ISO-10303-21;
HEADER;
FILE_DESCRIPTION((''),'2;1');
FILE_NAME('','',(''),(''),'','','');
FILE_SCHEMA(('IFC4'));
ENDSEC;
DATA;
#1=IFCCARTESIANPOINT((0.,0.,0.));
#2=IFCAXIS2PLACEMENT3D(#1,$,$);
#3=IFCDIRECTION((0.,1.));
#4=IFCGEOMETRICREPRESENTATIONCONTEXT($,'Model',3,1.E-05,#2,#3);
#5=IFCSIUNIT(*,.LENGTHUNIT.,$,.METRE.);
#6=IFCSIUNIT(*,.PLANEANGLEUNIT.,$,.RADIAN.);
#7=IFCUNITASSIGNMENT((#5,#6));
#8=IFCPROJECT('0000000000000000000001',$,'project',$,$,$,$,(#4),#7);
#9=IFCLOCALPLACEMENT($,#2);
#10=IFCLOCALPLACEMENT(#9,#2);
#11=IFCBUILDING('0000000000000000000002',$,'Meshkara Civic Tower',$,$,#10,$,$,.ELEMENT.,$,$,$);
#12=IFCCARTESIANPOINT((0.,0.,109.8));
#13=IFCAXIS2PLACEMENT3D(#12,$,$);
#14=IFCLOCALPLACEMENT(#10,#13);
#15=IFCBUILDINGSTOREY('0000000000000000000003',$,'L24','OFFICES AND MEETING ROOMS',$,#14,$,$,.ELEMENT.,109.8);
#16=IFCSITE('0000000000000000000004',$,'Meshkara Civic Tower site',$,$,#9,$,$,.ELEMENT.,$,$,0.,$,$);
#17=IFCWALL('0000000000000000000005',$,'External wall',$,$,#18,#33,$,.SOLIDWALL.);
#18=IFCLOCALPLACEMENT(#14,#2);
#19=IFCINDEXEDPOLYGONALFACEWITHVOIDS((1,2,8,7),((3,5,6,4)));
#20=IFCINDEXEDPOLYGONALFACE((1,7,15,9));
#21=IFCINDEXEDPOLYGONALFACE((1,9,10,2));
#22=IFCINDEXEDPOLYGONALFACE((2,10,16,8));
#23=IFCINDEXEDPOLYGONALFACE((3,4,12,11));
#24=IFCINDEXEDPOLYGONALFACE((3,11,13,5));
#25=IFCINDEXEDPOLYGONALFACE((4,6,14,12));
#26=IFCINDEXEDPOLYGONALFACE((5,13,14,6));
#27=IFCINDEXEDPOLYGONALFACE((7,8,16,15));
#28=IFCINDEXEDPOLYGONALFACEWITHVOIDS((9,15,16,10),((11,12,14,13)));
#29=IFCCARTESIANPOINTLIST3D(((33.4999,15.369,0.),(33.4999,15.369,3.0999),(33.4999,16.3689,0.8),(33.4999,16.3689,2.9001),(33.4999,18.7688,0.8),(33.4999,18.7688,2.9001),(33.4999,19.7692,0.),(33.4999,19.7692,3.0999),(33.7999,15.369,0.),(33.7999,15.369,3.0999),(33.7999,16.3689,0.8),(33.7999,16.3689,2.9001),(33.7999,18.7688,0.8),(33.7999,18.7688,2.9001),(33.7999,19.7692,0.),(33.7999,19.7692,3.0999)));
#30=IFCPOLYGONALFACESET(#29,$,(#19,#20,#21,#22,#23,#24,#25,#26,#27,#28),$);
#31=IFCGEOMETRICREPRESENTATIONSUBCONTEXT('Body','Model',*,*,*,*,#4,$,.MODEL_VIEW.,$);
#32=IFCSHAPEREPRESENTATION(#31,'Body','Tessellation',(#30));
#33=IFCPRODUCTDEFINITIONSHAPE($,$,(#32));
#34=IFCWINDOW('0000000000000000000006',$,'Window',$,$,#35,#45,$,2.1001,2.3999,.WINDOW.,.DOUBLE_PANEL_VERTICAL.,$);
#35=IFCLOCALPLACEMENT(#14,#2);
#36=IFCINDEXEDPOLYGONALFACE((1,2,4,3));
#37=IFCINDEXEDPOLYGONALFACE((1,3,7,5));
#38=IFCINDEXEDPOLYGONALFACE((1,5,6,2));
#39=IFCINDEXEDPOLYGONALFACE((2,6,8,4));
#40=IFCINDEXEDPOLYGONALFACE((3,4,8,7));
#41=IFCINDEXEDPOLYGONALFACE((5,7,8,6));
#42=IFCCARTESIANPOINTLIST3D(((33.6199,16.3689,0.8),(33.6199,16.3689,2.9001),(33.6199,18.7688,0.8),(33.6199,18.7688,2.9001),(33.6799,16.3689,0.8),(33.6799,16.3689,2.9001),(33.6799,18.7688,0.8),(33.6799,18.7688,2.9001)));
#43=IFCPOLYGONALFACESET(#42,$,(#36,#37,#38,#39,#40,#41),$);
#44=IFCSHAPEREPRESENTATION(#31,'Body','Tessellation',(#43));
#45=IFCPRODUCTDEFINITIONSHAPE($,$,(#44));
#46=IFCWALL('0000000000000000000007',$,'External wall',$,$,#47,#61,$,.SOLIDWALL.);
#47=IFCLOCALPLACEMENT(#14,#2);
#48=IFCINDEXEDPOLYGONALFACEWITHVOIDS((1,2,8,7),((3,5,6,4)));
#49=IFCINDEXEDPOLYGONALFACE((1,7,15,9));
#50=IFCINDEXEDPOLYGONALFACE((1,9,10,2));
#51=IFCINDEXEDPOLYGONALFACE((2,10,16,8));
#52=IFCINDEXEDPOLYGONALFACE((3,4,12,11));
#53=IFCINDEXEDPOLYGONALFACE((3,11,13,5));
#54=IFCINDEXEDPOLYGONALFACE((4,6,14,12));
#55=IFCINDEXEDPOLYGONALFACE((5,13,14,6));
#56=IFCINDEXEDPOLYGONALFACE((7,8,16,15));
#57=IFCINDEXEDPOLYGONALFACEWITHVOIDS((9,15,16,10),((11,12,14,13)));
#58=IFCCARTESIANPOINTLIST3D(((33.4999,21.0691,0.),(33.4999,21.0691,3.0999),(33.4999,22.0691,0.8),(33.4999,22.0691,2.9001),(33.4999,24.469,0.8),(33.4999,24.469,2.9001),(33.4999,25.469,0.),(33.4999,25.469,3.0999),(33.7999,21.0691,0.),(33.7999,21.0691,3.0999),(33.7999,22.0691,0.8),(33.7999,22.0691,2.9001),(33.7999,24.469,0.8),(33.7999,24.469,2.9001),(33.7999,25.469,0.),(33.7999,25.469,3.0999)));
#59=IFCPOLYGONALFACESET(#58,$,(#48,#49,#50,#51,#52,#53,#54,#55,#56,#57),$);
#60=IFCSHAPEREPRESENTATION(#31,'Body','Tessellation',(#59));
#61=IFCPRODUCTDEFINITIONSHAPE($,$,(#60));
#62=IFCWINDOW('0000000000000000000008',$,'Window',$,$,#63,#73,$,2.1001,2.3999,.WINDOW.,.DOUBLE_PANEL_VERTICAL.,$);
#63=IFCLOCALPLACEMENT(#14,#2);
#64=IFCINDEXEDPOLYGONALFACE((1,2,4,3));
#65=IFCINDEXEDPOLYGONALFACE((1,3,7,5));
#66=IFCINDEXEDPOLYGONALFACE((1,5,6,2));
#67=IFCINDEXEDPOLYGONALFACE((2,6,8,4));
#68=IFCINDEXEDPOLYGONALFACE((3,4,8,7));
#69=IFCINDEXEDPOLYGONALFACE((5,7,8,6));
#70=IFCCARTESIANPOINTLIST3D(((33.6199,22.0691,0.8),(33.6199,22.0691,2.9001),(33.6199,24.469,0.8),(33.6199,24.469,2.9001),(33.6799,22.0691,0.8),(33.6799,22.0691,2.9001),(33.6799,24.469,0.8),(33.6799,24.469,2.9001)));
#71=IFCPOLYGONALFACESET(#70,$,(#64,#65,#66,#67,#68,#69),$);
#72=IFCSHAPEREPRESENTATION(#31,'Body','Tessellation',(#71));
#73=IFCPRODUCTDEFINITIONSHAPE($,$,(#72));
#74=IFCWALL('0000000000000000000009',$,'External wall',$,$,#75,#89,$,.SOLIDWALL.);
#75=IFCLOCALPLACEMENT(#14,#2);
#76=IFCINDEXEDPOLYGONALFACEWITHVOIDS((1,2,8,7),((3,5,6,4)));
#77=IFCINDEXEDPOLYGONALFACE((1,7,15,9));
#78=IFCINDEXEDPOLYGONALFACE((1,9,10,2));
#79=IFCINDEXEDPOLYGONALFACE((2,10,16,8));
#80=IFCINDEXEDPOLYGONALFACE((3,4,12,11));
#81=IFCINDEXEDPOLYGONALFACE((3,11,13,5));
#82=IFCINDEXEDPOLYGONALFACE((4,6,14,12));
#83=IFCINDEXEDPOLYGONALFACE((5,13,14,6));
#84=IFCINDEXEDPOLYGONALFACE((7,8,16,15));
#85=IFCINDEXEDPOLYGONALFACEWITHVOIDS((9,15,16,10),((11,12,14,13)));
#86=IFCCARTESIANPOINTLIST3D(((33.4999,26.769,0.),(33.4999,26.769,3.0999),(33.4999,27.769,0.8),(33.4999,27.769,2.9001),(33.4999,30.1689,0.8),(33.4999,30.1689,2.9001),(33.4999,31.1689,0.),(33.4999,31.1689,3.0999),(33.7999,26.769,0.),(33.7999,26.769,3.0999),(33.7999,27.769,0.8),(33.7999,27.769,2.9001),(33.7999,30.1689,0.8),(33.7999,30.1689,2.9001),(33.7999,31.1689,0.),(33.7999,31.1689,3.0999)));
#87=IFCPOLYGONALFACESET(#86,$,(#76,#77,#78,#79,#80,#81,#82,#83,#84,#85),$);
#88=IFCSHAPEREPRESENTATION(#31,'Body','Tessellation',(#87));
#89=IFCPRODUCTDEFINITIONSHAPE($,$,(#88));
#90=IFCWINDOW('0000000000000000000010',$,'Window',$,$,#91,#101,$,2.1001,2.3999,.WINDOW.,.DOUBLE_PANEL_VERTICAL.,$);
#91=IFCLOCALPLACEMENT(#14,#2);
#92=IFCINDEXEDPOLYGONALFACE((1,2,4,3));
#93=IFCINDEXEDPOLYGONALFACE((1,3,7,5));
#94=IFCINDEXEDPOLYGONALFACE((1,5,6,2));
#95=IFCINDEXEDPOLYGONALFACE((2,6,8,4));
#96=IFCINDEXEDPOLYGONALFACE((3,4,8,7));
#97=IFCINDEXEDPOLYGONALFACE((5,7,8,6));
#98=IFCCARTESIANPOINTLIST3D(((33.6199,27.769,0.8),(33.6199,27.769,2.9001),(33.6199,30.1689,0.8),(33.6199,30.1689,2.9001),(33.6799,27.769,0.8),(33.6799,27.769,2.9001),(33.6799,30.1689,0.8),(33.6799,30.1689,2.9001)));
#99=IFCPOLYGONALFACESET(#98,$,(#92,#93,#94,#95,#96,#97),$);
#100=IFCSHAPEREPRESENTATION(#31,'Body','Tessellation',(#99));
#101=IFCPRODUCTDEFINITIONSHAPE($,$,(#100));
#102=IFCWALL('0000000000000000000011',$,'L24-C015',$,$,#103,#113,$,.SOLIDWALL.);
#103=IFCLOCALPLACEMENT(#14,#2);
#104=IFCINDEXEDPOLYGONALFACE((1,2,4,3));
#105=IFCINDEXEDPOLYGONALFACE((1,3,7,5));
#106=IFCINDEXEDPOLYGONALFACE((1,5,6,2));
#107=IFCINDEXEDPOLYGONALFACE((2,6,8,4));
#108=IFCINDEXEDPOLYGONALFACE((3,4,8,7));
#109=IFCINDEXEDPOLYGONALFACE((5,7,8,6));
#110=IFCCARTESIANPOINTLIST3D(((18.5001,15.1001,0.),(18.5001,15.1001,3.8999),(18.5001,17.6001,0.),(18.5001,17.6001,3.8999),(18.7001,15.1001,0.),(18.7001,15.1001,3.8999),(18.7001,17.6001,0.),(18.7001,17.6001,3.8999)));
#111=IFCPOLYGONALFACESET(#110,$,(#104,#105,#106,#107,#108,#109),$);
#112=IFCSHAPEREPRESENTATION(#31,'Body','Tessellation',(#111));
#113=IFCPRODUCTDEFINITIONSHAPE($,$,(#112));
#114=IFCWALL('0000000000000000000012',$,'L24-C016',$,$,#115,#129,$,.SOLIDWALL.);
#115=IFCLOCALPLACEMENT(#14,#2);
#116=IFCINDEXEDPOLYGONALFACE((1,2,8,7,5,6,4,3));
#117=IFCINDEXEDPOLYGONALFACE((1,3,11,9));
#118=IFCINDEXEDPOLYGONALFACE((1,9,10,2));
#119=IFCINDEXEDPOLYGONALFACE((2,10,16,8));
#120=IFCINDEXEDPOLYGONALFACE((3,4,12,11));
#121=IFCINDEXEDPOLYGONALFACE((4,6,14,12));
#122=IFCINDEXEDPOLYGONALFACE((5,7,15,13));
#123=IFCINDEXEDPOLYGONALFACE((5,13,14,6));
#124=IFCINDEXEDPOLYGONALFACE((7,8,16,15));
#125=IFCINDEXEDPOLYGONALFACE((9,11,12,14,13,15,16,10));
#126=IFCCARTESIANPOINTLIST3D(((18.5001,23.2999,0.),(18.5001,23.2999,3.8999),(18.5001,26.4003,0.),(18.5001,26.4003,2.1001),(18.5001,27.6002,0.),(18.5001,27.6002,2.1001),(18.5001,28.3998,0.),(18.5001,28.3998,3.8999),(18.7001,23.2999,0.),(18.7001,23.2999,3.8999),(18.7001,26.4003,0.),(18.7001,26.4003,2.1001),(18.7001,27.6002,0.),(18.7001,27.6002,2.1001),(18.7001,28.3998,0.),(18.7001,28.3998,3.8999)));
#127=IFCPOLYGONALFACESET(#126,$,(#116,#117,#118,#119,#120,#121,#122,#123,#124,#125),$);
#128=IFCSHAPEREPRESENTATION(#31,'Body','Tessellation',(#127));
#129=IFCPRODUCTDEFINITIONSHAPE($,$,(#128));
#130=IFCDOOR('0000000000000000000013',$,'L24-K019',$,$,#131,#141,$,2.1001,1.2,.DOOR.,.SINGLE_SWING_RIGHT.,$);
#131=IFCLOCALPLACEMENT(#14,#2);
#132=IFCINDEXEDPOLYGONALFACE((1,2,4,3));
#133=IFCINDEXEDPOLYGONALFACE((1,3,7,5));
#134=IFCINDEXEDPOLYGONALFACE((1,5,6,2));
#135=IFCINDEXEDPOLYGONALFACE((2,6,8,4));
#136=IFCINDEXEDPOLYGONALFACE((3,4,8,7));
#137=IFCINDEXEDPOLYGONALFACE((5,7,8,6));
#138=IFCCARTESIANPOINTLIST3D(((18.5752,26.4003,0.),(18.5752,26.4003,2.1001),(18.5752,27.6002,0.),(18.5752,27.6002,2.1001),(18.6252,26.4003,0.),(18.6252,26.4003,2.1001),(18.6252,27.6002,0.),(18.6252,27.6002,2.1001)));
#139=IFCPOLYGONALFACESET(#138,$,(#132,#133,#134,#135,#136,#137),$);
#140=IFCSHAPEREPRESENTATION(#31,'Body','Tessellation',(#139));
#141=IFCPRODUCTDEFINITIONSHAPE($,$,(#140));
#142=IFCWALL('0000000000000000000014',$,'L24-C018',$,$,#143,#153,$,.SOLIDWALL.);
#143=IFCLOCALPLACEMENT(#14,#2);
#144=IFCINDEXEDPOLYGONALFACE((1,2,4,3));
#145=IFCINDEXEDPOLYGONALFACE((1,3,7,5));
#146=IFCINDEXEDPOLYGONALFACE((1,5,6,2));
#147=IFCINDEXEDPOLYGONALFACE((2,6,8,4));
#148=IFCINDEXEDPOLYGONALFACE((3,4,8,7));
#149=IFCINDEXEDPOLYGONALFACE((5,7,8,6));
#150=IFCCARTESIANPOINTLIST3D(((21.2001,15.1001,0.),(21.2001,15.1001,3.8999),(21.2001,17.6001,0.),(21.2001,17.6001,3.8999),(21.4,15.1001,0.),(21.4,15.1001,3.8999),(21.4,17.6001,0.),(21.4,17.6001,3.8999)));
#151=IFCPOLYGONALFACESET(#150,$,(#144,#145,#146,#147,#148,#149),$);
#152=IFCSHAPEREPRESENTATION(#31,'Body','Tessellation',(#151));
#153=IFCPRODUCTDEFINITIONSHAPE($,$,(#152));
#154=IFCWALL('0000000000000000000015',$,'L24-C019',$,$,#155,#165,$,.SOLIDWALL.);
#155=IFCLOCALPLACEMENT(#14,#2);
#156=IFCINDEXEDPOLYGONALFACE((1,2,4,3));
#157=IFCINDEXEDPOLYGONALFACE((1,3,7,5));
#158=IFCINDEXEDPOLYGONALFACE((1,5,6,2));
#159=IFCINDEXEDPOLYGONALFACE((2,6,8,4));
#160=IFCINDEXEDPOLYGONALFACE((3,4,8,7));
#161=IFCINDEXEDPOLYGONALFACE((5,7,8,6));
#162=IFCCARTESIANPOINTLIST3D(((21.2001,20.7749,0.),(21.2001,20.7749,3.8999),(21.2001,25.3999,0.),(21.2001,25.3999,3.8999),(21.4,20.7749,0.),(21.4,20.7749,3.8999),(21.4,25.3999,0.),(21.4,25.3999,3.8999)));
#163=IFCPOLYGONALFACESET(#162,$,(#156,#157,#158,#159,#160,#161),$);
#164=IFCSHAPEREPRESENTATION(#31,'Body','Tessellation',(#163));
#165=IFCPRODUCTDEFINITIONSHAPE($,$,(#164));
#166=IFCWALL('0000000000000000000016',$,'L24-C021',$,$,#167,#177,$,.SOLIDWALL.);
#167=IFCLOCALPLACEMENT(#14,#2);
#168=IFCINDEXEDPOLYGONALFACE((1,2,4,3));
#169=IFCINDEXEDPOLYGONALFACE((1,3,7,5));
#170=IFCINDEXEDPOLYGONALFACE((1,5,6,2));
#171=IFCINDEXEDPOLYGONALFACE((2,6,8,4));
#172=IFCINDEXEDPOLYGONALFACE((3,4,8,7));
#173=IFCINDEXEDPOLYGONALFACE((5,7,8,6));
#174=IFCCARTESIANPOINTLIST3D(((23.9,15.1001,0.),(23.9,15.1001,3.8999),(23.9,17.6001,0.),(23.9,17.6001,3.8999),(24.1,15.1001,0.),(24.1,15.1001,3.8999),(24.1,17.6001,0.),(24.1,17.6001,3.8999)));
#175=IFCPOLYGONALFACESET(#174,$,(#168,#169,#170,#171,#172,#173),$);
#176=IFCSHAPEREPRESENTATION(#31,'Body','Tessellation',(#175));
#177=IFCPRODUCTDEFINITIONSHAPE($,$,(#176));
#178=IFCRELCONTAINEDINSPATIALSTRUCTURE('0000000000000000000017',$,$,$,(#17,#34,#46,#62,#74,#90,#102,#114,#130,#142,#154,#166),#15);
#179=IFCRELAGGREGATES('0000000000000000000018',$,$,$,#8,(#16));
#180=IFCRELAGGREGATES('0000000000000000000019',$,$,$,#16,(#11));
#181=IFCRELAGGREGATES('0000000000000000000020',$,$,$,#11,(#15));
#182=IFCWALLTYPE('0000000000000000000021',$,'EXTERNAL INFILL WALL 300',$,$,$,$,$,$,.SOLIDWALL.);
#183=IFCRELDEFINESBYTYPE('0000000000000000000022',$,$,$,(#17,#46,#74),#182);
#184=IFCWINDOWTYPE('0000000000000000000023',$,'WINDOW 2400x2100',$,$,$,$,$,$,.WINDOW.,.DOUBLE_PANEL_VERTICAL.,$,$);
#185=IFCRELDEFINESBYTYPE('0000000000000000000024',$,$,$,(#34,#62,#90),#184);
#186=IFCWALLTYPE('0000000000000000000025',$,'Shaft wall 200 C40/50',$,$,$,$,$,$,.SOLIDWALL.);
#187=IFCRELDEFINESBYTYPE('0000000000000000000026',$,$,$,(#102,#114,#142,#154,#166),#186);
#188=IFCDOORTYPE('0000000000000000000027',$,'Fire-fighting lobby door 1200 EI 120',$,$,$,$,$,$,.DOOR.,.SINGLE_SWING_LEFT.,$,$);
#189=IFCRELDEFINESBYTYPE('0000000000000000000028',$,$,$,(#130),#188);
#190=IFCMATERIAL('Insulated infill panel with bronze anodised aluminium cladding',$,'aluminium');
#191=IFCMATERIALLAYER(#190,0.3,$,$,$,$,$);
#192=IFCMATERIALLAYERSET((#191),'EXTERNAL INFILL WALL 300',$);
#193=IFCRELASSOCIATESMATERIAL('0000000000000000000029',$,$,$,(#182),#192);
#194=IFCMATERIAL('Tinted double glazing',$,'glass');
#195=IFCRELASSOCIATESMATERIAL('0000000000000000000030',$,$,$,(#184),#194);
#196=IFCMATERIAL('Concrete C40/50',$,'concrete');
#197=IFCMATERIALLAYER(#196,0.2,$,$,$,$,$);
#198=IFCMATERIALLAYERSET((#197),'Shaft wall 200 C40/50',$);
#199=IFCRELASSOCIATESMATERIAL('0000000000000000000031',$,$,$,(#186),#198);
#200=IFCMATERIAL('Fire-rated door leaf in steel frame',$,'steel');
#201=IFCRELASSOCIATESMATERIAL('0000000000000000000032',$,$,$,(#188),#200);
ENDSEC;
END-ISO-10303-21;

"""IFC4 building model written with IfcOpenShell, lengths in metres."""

from ifc_helpers import new_model, si_unit, direction, frame, frame_2d, origin, place, context, subcontext, project, spatial, rectangle, extrude, material, layer, layer_set, type_object, element, fill, save


model = new_model("IFC4")

# Units and contexts
model_context = context("Model", 3, precision=1e-05, world=origin(), true_north=direction((0.0, 1.0)))
body_context = subcontext(model_context, "Body", "Model", "MODEL_VIEW")
ifc_project = project(units=[si_unit("LENGTHUNIT", "METRE"), si_unit("PLANEANGLEUNIT", "RADIAN")], contexts=[model_context])

# Site, building, storey
site_placement = place(None, origin())
site = spatial("IfcSite", under=ifc_project, at=site_placement, Name="Meshkara Civic Tower site", CompositionType="ELEMENT", RefElevation=0.0)
building_placement = place(site_placement, origin())
building = spatial("IfcBuilding", under=site, at=building_placement, Name="Meshkara Civic Tower", CompositionType="ELEMENT")
storey_placement = place(building_placement, frame((0.0, 0.0, 109.8)))
storey = spatial("IfcBuildingStorey", under=building, at=storey_placement, Name="L24", Description="OFFICES AND MEETING ROOMS", CompositionType="ELEMENT", Elevation=109.8)

# Walls, openings, windows
ifc_material_1 = material(Name="Insulated infill panel with bronze anodised aluminium cladding", Category="aluminium")
ifc_layer_1 = layer(ifc_material_1, 0.3)
ifc_layer_set_1 = layer_set([ifc_layer_1], Name="EXTERNAL INFILL WALL 300")
wall_type_1 = type_object("IfcWallType", Name="EXTERNAL INFILL WALL 300", PredefinedType="SOLIDWALL", material=ifc_layer_set_1)
ifc_material_2 = material(Name="Tinted double glazing", Category="glass")
window_type = type_object("IfcWindowType", Name="WINDOW 2400x2100", PartitioningType="DOUBLE_PANEL_VERTICAL", PredefinedType="WINDOW", material=ifc_material_2)
wall_1_placement = place(storey_placement, frame((33.6499, 15.3689, 0.0), z_axis=(0.0, 0.0, 1.0), x_axis=(0.0, 1.0, 0.0)))
wall_1 = element("IfcWall", 1, at=wall_1_placement, inside=storey, type_object=wall_type_1, Name="External wall", PredefinedType="SOLIDWALL", context=body_context, shape_type="SweptSolid", body=[
    extrude(rectangle(XDim=4.4001, YDim=0.3, at=frame_2d((2.2002, 0.0))), origin(), (0.0, 0.0, 1.0), 3.0999),
])
opening_1_placement = place(wall_1_placement, frame((1.0, 0.0, 0.8)))
opening_1 = element("IfcOpeningElement", 2, at=opening_1_placement, cuts=wall_1, PredefinedType="OPENING", context=body_context, shape_type="SweptSolid", body=[
    extrude(rectangle(XDim=2.3999, YDim=2.1001, at=frame_2d((1.2, 1.05))), frame((0.0, 0.1599, 0.0), z_axis=(0.0, -1.0, 0.0), x_axis=(1.0, 0.0, 0.0)), (0.0, 0.0, 1.0), 0.3201),
])
window_1_placement = place(opening_1_placement, origin())
window_1 = element("IfcWindow", 3, at=window_1_placement, inside=storey, type_object=window_type, Name="Window", OverallHeight=2.1001, OverallWidth=2.3999, PartitioningType="DOUBLE_PANEL_VERTICAL", PredefinedType="WINDOW", context=body_context, shape_type="SweptSolid", body=[
    extrude(rectangle(XDim=2.3999, YDim=2.1001, at=frame_2d((1.2, 1.05))), frame((0.0, 0.03, 0.0), z_axis=(0.0, -1.0, 0.0), x_axis=(1.0, 0.0, 0.0)), (0.0, 0.0, 1.0), 0.0601),
])
fill(opening_1, window_1)
wall_2_placement = place(storey_placement, frame((33.6499, 21.0691, 0.0), z_axis=(0.0, 0.0, 1.0), x_axis=(0.0, 1.0, 0.0)))
wall_2 = element("IfcWall", 4, at=wall_2_placement, inside=storey, type_object=wall_type_1, Name="External wall", PredefinedType="SOLIDWALL", context=body_context, shape_type="SweptSolid", body=[
    extrude(rectangle(XDim=4.3999, YDim=0.3, at=frame_2d((2.2, 0.0))), origin(), (0.0, 0.0, 1.0), 3.0999),
])
opening_2_placement = place(wall_2_placement, frame((1.0, 0.0, 0.8)))
opening_2 = element("IfcOpeningElement", 5, at=opening_2_placement, cuts=wall_2, PredefinedType="OPENING", context=body_context, shape_type="SweptSolid", body=[
    extrude(rectangle(XDim=2.3999, YDim=2.1001, at=frame_2d((1.2, 1.05))), frame((0.0, 0.1599, 0.0), z_axis=(0.0, -1.0, 0.0), x_axis=(1.0, 0.0, 0.0)), (0.0, 0.0, 1.0), 0.3201),
])
window_2_placement = place(opening_2_placement, origin())
window_2 = element("IfcWindow", 6, at=window_2_placement, inside=storey, type_object=window_type, Name="Window", OverallHeight=2.1001, OverallWidth=2.3999, PartitioningType="DOUBLE_PANEL_VERTICAL", PredefinedType="WINDOW", context=body_context, shape_type="SweptSolid", body=[
    extrude(rectangle(XDim=2.3999, YDim=2.1001, at=frame_2d((1.2, 1.05))), frame((0.0, 0.03, 0.0), z_axis=(0.0, -1.0, 0.0), x_axis=(1.0, 0.0, 0.0)), (0.0, 0.0, 1.0), 0.0601),
])
fill(opening_2, window_2)
wall_3_placement = place(storey_placement, frame((33.6499, 26.769, 0.0), z_axis=(0.0, 0.0, 1.0), x_axis=(0.0, 1.0, 0.0)))
wall_3 = element("IfcWall", 7, at=wall_3_placement, inside=storey, type_object=wall_type_1, Name="External wall", PredefinedType="SOLIDWALL", context=body_context, shape_type="SweptSolid", body=[
    extrude(rectangle(XDim=4.3999, YDim=0.3, at=frame_2d((2.2, 0.0))), origin(), (0.0, 0.0, 1.0), 3.0999),
])
opening_3_placement = place(wall_3_placement, frame((1.0, 0.0, 0.8)))
opening_3 = element("IfcOpeningElement", 8, at=opening_3_placement, cuts=wall_3, PredefinedType="OPENING", context=body_context, shape_type="SweptSolid", body=[
    extrude(rectangle(XDim=2.3999, YDim=2.1001, at=frame_2d((1.2, 1.05))), frame((0.0, 0.1599, 0.0), z_axis=(0.0, -1.0, 0.0), x_axis=(1.0, 0.0, 0.0)), (0.0, 0.0, 1.0), 0.3201),
])
window_3_placement = place(opening_3_placement, origin())
window_3 = element("IfcWindow", 9, at=window_3_placement, inside=storey, type_object=window_type, Name="Window", OverallHeight=2.1001, OverallWidth=2.3999, PartitioningType="DOUBLE_PANEL_VERTICAL", PredefinedType="WINDOW", context=body_context, shape_type="SweptSolid", body=[
    extrude(rectangle(XDim=2.3999, YDim=2.1001, at=frame_2d((1.2, 1.05))), frame((0.0, 0.03, 0.0), z_axis=(0.0, -1.0, 0.0), x_axis=(1.0, 0.0, 0.0)), (0.0, 0.0, 1.0), 0.0601),
])
fill(opening_3, window_3)

# Wall
ifc_material_3 = material(Name="Concrete C40/50", Category="concrete")
ifc_layer_2 = layer(ifc_material_3, 0.2)
ifc_layer_set_2 = layer_set([ifc_layer_2], Name="Shaft wall 200 C40/50")
wall_type_2 = type_object("IfcWallType", Name="Shaft wall 200 C40/50", PredefinedType="SOLIDWALL", material=ifc_layer_set_2)
wall_4_placement = place(storey_placement, frame((18.6001, 15.1001, 0.0), z_axis=(0.0, 0.0, 1.0), x_axis=(0.0, 1.0, 0.0)))
element("IfcWall", 10, at=wall_4_placement, inside=storey, type_object=wall_type_2, Name="L24-C015", PredefinedType="SOLIDWALL", context=body_context, shape_type="SweptSolid", body=[
    extrude(rectangle(XDim=2.5, YDim=0.2, at=frame_2d((1.25, 0.0))), origin(), (0.0, 0.0, 1.0), 3.8999),
])

# Wall, opening, door
wall_5_placement = place(storey_placement, frame((18.6001, 23.3, 0.0), z_axis=(0.0, 0.0, 1.0), x_axis=(0.0, 1.0, 0.0)))
wall_5 = element("IfcWall", 11, at=wall_5_placement, inside=storey, type_object=wall_type_2, Name="L24-C016", PredefinedType="SOLIDWALL", context=body_context, shape_type="SweptSolid", body=[
    extrude(rectangle(XDim=5.0999, YDim=0.2, at=frame_2d((2.5498, 0.0))), origin(), (0.0, 0.0, 1.0), 3.8999),
])
opening_4_placement = place(wall_5_placement, frame((3.1001, 0.0, 0.0)))
opening_4 = element("IfcOpeningElement", 12, at=opening_4_placement, cuts=wall_5, PredefinedType="OPENING", context=body_context, shape_type="SweptSolid", body=[
    extrude(rectangle(XDim=1.2, YDim=2.1001, at=frame_2d((0.6001, 1.05))), frame((0.0, 0.1099, 0.0), z_axis=(0.0, -1.0, 0.0), x_axis=(1.0, 0.0, 0.0)), (0.0, 0.0, 1.0), 0.22),
])
ifc_material_4 = material(Name="Fire-rated door leaf in steel frame", Category="steel")
door_type_1 = type_object("IfcDoorType", Name="Fire-fighting lobby door 1200 EI 120", OperationType="SINGLE_SWING_LEFT", PredefinedType="DOOR", material=ifc_material_4)
door_1_placement = place(opening_4_placement, origin())
door_1 = element("IfcDoor", 13, at=door_1_placement, inside=storey, type_object=door_type_1, Name="L24-K019", OperationType="SINGLE_SWING_RIGHT", OverallHeight=2.1001, OverallWidth=1.2, PredefinedType="DOOR", context=body_context, shape_type="SweptSolid", body=[
    extrude(rectangle(XDim=1.2, YDim=2.1001, at=frame_2d((0.6001, 1.05))), frame((0.0, 0.0249, 0.0), z_axis=(0.0, -1.0, 0.0), x_axis=(1.0, 0.0, 0.0)), (0.0, 0.0, 1.0), 0.05),
])
fill(opening_4, door_1)

# Walls
wall_6_placement = place(storey_placement, frame((21.3, 15.1001, 0.0), z_axis=(0.0, 0.0, 1.0), x_axis=(0.0, 1.0, 0.0)))
element("IfcWall", 14, at=wall_6_placement, inside=storey, type_object=wall_type_2, Name="L24-C018", PredefinedType="SOLIDWALL", context=body_context, shape_type="SweptSolid", body=[
    extrude(rectangle(XDim=2.5, YDim=0.2, at=frame_2d((1.25, 0.0))), origin(), (0.0, 0.0, 1.0), 3.8999),
])
wall_7_placement = place(storey_placement, frame((21.3, 20.7749, 0.0), z_axis=(0.0, 0.0, 1.0), x_axis=(0.0, 1.0, 0.0)))
element("IfcWall", 15, at=wall_7_placement, inside=storey, type_object=wall_type_2, Name="L24-C019", PredefinedType="SOLIDWALL", context=body_context, shape_type="SweptSolid", body=[
    extrude(rectangle(XDim=4.625, YDim=0.2, at=frame_2d((2.3125, 0.0))), origin(), (0.0, 0.0, 1.0), 3.8999),
])
wall_8_placement = place(storey_placement, frame((24.0, 15.1001, 0.0), z_axis=(0.0, 0.0, 1.0), x_axis=(0.0, 1.0, 0.0)))
element("IfcWall", 16, at=wall_8_placement, inside=storey, type_object=wall_type_2, Name="L24-C021", PredefinedType="SOLIDWALL", context=body_context, shape_type="SweptSolid", body=[
    extrude(rectangle(XDim=2.5, YDim=0.2, at=frame_2d((1.25, 0.0))), origin(), (0.0, 0.0, 1.0), 3.8999),
])

save(model, "model.ifc")
